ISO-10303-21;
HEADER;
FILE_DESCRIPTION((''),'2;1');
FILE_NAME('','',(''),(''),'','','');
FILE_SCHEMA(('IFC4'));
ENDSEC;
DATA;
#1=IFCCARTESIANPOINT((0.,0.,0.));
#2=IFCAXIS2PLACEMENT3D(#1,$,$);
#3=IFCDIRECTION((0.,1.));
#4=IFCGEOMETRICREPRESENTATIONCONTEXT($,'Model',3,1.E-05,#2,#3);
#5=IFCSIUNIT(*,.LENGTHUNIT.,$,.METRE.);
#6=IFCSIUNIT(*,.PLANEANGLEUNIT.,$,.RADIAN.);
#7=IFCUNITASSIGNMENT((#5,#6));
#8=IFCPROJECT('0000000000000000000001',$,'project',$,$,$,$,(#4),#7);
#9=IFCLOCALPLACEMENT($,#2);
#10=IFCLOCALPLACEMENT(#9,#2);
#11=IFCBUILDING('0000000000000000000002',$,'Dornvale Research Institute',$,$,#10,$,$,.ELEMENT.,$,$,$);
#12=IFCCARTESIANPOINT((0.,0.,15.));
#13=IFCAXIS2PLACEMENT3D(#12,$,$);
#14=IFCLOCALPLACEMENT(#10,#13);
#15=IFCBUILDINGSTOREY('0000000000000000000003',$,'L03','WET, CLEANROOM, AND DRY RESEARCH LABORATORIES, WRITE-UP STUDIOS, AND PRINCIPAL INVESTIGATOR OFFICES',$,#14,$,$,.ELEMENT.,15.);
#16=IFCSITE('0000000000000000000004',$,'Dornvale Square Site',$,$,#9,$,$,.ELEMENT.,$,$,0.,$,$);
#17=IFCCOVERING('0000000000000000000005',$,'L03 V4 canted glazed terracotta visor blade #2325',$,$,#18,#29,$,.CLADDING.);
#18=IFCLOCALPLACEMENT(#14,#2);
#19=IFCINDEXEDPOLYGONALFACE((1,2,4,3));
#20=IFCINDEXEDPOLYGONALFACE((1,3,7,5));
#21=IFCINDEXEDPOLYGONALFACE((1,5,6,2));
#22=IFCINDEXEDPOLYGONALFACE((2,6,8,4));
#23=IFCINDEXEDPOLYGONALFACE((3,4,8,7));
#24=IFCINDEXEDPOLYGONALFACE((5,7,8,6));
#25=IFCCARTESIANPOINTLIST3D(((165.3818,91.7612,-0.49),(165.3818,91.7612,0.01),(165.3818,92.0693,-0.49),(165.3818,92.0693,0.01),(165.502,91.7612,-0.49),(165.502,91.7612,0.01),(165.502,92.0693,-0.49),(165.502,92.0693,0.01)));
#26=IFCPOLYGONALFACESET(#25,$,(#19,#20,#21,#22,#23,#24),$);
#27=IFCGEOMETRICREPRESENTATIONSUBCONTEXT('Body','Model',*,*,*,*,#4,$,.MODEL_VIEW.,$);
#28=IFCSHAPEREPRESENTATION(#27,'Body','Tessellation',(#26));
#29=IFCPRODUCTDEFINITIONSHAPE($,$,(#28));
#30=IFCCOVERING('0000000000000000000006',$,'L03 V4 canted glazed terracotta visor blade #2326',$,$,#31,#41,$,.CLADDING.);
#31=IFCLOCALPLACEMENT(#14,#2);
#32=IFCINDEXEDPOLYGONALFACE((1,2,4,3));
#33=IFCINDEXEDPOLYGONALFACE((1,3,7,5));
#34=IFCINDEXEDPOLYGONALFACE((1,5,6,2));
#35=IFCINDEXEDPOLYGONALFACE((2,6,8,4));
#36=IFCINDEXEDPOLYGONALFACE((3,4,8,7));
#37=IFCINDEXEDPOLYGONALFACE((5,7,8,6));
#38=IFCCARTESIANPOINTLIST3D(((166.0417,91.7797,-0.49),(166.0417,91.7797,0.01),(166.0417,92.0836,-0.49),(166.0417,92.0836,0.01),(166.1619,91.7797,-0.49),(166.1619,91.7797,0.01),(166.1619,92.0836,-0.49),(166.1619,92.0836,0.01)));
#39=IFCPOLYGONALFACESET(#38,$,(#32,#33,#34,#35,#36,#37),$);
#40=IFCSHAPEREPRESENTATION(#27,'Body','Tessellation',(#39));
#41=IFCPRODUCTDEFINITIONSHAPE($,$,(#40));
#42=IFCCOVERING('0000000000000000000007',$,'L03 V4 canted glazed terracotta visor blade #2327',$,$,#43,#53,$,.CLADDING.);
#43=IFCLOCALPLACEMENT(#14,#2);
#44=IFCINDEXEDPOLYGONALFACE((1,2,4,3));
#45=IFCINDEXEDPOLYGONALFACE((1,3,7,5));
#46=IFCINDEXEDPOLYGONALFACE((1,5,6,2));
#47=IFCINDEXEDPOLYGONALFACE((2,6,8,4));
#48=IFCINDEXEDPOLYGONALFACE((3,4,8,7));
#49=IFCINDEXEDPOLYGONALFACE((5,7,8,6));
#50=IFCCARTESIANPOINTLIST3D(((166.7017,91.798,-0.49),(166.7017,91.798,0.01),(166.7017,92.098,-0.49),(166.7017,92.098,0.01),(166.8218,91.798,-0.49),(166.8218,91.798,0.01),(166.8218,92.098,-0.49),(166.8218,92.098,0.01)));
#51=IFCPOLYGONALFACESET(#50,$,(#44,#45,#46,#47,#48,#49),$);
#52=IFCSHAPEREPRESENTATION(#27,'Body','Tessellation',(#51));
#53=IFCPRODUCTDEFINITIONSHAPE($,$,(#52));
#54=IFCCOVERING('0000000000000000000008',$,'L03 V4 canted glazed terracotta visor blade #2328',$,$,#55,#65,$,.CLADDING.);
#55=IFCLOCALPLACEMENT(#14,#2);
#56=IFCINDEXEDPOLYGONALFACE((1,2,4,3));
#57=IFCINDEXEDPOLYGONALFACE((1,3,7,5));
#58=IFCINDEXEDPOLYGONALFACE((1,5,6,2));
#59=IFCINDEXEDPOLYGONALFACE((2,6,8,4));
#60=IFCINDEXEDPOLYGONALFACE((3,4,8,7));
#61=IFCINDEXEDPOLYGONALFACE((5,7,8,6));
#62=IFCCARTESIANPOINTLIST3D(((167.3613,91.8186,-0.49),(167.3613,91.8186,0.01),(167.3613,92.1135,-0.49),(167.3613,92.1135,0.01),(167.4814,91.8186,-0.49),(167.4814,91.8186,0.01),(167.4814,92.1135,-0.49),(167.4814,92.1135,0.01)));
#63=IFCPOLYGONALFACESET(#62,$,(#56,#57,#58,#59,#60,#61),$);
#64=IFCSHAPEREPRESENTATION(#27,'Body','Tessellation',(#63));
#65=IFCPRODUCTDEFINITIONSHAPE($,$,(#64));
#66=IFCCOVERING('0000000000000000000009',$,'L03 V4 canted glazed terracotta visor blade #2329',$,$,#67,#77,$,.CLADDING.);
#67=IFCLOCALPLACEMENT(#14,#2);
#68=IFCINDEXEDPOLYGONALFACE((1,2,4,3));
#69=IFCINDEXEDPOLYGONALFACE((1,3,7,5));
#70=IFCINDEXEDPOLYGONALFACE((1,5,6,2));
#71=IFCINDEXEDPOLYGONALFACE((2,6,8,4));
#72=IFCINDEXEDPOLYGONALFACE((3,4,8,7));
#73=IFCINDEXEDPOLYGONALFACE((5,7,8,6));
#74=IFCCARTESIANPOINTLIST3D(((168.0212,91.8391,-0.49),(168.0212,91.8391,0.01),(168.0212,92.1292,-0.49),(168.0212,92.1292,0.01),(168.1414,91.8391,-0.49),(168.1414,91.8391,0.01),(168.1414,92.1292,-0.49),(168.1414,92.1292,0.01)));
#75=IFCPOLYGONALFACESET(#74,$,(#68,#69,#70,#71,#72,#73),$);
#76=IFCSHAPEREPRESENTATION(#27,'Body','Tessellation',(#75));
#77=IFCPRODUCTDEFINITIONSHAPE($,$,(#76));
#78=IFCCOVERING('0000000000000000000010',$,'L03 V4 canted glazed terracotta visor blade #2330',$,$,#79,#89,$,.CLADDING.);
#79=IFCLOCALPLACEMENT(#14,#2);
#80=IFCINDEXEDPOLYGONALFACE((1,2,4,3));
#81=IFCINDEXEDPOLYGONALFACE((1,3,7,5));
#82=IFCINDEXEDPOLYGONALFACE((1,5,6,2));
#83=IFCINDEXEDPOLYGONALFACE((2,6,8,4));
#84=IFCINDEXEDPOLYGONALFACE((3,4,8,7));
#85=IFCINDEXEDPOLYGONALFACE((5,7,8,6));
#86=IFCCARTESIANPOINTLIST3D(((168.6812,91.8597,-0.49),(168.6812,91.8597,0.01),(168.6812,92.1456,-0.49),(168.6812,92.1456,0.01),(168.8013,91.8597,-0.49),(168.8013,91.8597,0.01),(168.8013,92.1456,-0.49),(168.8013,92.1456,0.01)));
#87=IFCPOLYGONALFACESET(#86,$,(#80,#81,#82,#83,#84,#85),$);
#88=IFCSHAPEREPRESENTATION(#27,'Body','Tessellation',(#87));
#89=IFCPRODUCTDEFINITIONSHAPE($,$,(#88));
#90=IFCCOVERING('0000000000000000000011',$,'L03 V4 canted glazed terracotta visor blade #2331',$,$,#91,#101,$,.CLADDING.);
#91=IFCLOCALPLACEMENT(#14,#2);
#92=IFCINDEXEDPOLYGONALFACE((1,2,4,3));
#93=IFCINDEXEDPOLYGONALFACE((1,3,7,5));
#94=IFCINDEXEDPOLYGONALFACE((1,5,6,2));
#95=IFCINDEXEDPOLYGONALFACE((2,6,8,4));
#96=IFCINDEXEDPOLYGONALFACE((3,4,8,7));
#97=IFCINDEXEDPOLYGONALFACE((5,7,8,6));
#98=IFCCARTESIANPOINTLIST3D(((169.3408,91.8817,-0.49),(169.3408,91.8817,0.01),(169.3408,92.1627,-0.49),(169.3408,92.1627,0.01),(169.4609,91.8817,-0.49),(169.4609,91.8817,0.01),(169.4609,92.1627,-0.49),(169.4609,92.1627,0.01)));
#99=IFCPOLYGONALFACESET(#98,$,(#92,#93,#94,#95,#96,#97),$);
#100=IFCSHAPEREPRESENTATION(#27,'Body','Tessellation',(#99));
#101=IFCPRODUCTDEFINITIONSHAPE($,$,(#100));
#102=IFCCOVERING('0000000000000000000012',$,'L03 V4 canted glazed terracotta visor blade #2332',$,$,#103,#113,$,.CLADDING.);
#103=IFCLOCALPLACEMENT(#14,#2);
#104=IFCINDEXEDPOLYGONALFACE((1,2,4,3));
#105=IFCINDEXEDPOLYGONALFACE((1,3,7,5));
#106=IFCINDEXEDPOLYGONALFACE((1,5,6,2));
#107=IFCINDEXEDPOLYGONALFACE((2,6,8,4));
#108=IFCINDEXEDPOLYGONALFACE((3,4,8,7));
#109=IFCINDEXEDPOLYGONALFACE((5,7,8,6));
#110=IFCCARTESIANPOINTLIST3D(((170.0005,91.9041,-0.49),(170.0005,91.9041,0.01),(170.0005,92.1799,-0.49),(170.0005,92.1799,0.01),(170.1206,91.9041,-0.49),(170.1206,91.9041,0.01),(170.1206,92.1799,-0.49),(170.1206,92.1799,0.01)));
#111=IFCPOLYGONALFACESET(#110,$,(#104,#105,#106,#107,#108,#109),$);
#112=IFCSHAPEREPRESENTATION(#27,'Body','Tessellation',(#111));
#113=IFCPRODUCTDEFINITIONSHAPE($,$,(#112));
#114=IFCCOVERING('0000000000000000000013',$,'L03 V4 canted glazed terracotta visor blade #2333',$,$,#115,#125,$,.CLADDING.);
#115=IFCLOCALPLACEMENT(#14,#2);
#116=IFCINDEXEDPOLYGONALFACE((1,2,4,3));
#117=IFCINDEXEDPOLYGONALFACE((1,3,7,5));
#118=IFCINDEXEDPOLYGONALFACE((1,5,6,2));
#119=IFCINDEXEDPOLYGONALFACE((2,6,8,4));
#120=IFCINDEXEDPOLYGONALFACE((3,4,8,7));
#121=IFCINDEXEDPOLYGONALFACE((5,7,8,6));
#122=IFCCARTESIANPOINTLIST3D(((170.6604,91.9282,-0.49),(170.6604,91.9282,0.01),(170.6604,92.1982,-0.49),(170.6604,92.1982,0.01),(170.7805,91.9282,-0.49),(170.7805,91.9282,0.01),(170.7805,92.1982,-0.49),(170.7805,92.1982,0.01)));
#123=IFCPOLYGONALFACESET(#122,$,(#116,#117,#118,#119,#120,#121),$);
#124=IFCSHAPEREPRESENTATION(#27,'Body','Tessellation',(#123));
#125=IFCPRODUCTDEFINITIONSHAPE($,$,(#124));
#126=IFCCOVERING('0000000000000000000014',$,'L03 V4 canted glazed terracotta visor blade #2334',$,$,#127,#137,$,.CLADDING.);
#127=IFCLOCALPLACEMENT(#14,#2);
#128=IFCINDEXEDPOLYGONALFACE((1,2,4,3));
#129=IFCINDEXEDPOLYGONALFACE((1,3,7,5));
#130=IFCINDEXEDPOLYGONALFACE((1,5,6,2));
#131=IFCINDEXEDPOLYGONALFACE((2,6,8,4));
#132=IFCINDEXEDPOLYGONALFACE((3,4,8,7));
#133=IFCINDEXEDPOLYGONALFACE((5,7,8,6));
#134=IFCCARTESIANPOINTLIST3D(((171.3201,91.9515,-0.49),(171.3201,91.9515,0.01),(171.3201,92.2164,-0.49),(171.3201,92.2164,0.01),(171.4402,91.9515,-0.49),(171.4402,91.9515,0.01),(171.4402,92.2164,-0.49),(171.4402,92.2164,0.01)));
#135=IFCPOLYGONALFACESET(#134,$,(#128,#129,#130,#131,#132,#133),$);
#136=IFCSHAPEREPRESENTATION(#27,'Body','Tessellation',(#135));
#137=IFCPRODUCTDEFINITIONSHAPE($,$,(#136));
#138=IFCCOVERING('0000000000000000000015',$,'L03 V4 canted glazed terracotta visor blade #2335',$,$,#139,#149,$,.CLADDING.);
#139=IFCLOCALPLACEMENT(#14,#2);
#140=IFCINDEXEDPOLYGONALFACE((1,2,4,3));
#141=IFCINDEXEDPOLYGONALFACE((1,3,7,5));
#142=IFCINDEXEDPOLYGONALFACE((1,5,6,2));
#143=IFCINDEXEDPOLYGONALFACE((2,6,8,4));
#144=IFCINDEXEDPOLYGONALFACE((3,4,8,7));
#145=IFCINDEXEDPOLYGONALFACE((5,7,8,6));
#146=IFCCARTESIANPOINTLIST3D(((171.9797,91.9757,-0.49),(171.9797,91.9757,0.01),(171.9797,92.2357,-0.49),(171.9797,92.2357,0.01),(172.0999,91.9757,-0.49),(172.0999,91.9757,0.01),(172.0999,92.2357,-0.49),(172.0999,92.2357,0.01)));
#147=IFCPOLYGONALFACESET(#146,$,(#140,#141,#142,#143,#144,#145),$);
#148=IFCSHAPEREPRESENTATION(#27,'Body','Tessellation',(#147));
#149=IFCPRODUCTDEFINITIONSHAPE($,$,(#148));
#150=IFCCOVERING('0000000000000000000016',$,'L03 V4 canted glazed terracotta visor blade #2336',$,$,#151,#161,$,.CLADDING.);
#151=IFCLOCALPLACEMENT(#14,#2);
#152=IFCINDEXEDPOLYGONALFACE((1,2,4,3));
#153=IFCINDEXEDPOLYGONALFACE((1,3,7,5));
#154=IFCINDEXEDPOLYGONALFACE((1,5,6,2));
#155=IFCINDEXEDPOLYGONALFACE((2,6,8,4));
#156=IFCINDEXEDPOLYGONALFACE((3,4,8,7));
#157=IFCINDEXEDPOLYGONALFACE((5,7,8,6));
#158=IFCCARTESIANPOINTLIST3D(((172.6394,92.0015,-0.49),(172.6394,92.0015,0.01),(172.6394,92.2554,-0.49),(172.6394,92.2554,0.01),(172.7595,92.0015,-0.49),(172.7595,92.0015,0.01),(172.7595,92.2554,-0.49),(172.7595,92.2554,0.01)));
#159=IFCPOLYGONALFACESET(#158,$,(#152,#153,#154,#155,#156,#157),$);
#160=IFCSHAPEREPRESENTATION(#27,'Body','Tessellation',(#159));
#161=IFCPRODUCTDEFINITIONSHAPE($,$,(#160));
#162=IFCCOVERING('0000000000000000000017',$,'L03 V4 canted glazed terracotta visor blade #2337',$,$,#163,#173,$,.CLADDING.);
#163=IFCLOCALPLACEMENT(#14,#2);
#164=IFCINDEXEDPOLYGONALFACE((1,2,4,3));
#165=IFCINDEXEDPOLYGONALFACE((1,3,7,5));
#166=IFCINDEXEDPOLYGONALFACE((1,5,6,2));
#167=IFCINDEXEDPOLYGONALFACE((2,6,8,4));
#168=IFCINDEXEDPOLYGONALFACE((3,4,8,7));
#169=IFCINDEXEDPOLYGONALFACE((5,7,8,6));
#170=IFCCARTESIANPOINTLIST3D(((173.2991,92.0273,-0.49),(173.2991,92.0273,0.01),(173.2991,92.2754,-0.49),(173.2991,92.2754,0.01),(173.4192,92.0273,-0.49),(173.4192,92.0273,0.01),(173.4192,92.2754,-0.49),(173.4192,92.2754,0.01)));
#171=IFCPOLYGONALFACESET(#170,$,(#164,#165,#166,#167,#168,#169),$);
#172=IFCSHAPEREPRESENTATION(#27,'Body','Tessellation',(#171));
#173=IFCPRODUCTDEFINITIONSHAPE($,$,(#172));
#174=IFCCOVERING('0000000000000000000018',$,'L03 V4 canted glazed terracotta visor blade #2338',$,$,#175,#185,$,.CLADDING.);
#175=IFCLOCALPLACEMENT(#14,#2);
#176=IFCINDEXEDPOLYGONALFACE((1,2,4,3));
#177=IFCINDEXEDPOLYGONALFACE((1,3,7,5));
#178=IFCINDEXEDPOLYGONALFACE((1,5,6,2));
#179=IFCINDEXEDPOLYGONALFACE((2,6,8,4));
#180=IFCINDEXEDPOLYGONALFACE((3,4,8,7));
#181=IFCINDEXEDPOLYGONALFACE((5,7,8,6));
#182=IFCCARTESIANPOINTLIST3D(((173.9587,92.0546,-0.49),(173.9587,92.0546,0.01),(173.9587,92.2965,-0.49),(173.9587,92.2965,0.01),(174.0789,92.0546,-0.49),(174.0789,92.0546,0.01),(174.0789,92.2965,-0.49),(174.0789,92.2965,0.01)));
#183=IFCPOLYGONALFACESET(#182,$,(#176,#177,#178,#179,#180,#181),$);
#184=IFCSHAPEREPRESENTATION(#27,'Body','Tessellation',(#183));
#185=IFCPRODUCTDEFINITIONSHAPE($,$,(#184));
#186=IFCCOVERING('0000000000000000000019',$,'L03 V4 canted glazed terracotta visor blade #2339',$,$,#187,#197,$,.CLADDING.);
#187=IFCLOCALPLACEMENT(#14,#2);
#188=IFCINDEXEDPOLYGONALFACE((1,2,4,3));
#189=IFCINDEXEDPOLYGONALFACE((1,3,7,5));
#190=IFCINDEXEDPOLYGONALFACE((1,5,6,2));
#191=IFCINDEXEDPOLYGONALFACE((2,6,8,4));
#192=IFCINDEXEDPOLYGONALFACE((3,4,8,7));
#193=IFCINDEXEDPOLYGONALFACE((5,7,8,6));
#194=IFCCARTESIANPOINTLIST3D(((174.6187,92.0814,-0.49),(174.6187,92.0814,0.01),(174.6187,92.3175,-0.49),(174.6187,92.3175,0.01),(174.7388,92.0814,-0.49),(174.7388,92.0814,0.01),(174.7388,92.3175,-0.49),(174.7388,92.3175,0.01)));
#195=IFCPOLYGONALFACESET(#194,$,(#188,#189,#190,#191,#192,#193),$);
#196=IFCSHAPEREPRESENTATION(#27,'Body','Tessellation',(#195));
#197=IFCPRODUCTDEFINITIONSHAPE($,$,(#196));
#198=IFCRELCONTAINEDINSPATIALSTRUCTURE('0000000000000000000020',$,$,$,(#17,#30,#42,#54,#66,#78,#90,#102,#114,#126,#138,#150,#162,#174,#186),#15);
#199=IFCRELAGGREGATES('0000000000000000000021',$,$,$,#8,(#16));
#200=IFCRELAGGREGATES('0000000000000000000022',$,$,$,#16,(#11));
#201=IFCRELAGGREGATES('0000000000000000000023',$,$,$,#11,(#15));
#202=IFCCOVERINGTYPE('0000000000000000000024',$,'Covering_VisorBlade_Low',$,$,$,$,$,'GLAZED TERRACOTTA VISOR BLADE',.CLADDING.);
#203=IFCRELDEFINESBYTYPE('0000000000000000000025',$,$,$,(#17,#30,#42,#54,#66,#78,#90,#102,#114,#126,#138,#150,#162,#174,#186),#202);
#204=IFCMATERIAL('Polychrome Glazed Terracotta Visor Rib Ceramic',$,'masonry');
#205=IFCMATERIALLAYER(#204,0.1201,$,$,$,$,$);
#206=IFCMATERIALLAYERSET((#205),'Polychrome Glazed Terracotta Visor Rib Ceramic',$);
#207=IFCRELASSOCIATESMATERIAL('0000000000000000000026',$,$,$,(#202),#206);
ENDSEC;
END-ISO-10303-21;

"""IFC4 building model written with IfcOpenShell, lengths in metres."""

from ifc_helpers import new_model, si_unit, direction, frame, origin, origin_2d, place, context, subcontext, project, spatial, rectangle, extrude, material, layer, layer_set, type_object, element, save


model = new_model("IFC4")

# Units and contexts
model_context = context("Model", 3, precision=1e-05, world=origin(), true_north=direction((0.0, 1.0)))
body_context = subcontext(model_context, "Body", "Model", "MODEL_VIEW")
ifc_project = project(units=[si_unit("LENGTHUNIT", "METRE"), si_unit("PLANEANGLEUNIT", "RADIAN")], contexts=[model_context])

# Site, building, storey
site_placement = place(None, origin())
site = spatial("IfcSite", under=ifc_project, at=site_placement, Name="Dornvale Square Site", CompositionType="ELEMENT", RefElevation=0.0)
building_placement = place(site_placement, origin())
building = spatial("IfcBuilding", under=site, at=building_placement, Name="Dornvale Research Institute", CompositionType="ELEMENT")
storey_placement = place(building_placement, frame((0.0, 0.0, 15.0)))
storey = spatial("IfcBuildingStorey", under=building, at=storey_placement, Name="L03", Description="WET, CLEANROOM, AND DRY RESEARCH LABORATORIES, WRITE-UP STUDIOS, AND PRINCIPAL INVESTIGATOR OFFICES", CompositionType="ELEMENT", Elevation=15.0)

# Coverings
ifc_material = material(Name="Polychrome Glazed Terracotta Visor Rib Ceramic", Category="masonry")
ifc_layer = layer(ifc_material, 0.1201)
ifc_layer_set = layer_set([ifc_layer], Name="Polychrome Glazed Terracotta Visor Rib Ceramic")
covering_type = type_object("IfcCoveringType", Name="Covering_VisorBlade_Low", ElementType="GLAZED TERRACOTTA VISOR BLADE", PredefinedType="CLADDING", material=ifc_layer_set)
covering_1_placement = place(storey_placement, frame((165.4419, 91.9153, -0.49), z_axis=(0.0, 0.0, 1.0), x_axis=(0.0, 1.0, 0.0)))
element("IfcCovering", 1, at=covering_1_placement, inside=storey, type_object=covering_type, Name="L03 V4 canted glazed terracotta visor blade #2325", PredefinedType="CLADDING", context=body_context, shape_type="SweptSolid", body=[
    extrude(rectangle(XDim=0.3081, YDim=0.1201, at=origin_2d()), origin(), (0.0, 0.0, 1.0), 0.5),
])
covering_2_placement = place(storey_placement, frame((166.1018, 91.9316, -0.49), z_axis=(0.0, 0.0, 1.0), x_axis=(0.0, 1.0, 0.0)))
element("IfcCovering", 2, at=covering_2_placement, inside=storey, type_object=covering_type, Name="L03 V4 canted glazed terracotta visor blade #2326", PredefinedType="CLADDING", context=body_context, shape_type="SweptSolid", body=[
    extrude(rectangle(XDim=0.304, YDim=0.1201, at=origin_2d()), origin(), (0.0, 0.0, 1.0), 0.5),
])
covering_3_placement = place(storey_placement, frame((166.7617, 91.948, -0.49), z_axis=(0.0, 0.0, 1.0), x_axis=(0.0, 1.0, 0.0)))
element("IfcCovering", 3, at=covering_3_placement, inside=storey, type_object=covering_type, Name="L03 V4 canted glazed terracotta visor blade #2327", PredefinedType="CLADDING", context=body_context, shape_type="SweptSolid", body=[
    extrude(rectangle(XDim=0.3, YDim=0.1201, at=origin_2d()), origin(), (0.0, 0.0, 1.0), 0.5),
])
covering_4_placement = place(storey_placement, frame((167.4214, 91.9661, -0.49), z_axis=(0.0, 0.0, 1.0), x_axis=(0.0, 1.0, 0.0)))
element("IfcCovering", 4, at=covering_4_placement, inside=storey, type_object=covering_type, Name="L03 V4 canted glazed terracotta visor blade #2328", PredefinedType="CLADDING", context=body_context, shape_type="SweptSolid", body=[
    extrude(rectangle(XDim=0.2949, YDim=0.1201, at=origin_2d()), origin(), (0.0, 0.0, 1.0), 0.5),
])
covering_5_placement = place(storey_placement, frame((168.0813, 91.9841, -0.49), z_axis=(0.0, 0.0, 1.0), x_axis=(0.0, 1.0, 0.0)))
element("IfcCovering", 5, at=covering_5_placement, inside=storey, type_object=covering_type, Name="L03 V4 canted glazed terracotta visor blade #2329", PredefinedType="CLADDING", context=body_context, shape_type="SweptSolid", body=[
    extrude(rectangle(XDim=0.29, YDim=0.1201, at=origin_2d()), origin(), (0.0, 0.0, 1.0), 0.5),
])
covering_6_placement = place(storey_placement, frame((168.7412, 92.0027, -0.49), z_axis=(0.0, 0.0, 1.0), x_axis=(0.0, 1.0, 0.0)))
element("IfcCovering", 6, at=covering_6_placement, inside=storey, type_object=covering_type, Name="L03 V4 canted glazed terracotta visor blade #2330", PredefinedType="CLADDING", context=body_context, shape_type="SweptSolid", body=[
    extrude(rectangle(XDim=0.2859, YDim=0.1201, at=origin_2d()), origin(), (0.0, 0.0, 1.0), 0.5),
])
covering_7_placement = place(storey_placement, frame((169.4009, 92.0222, -0.49), z_axis=(0.0, 0.0, 1.0), x_axis=(0.0, 1.0, 0.0)))
element("IfcCovering", 7, at=covering_7_placement, inside=storey, type_object=covering_type, Name="L03 V4 canted glazed terracotta visor blade #2331", PredefinedType="CLADDING", context=body_context, shape_type="SweptSolid", body=[
    extrude(rectangle(XDim=0.281, YDim=0.1201, at=origin_2d()), origin(), (0.0, 0.0, 1.0), 0.5),
])
covering_8_placement = place(storey_placement, frame((170.0605, 92.042, -0.49), z_axis=(0.0, 0.0, 1.0), x_axis=(0.0, 1.0, 0.0)))
element("IfcCovering", 8, at=covering_8_placement, inside=storey, type_object=covering_type, Name="L03 V4 canted glazed terracotta visor blade #2332", PredefinedType="CLADDING", context=body_context, shape_type="SweptSolid", body=[
    extrude(rectangle(XDim=0.2759, YDim=0.1201, at=origin_2d()), origin(), (0.0, 0.0, 1.0), 0.5),
])
covering_9_placement = place(storey_placement, frame((170.7205, 92.0632, -0.49), z_axis=(0.0, 0.0, 1.0), x_axis=(0.0, 1.0, 0.0)))
element("IfcCovering", 9, at=covering_9_placement, inside=storey, type_object=covering_type, Name="L03 V4 canted glazed terracotta visor blade #2333", PredefinedType="CLADDING", context=body_context, shape_type="SweptSolid", body=[
    extrude(rectangle(XDim=0.27, YDim=0.1201, at=origin_2d()), origin(), (0.0, 0.0, 1.0), 0.5),
])
covering_10_placement = place(storey_placement, frame((171.3801, 92.084, -0.49), z_axis=(0.0, 0.0, 1.0), x_axis=(0.0, 1.0, 0.0)))
element("IfcCovering", 10, at=covering_10_placement, inside=storey, type_object=covering_type, Name="L03 V4 canted glazed terracotta visor blade #2334", PredefinedType="CLADDING", context=body_context, shape_type="SweptSolid", body=[
    extrude(rectangle(XDim=0.2649, YDim=0.1201, at=origin_2d()), origin(), (0.0, 0.0, 1.0), 0.5),
])
covering_11_placement = place(storey_placement, frame((172.0398, 92.1057, -0.49), z_axis=(0.0, 0.0, 1.0), x_axis=(0.0, 1.0, 0.0)))
element("IfcCovering", 11, at=covering_11_placement, inside=storey, type_object=covering_type, Name="L03 V4 canted glazed terracotta visor blade #2335", PredefinedType="CLADDING", context=body_context, shape_type="SweptSolid", body=[
    extrude(rectangle(XDim=0.26, YDim=0.1201, at=origin_2d()), origin(), (0.0, 0.0, 1.0), 0.5),
])
covering_12_placement = place(storey_placement, frame((172.6995, 92.1284, -0.49), z_axis=(0.0, 0.0, 1.0), x_axis=(0.0, 1.0, 0.0)))
element("IfcCovering", 12, at=covering_12_placement, inside=storey, type_object=covering_type, Name="L03 V4 canted glazed terracotta visor blade #2336", PredefinedType="CLADDING", context=body_context, shape_type="SweptSolid", body=[
    extrude(rectangle(XDim=0.2539, YDim=0.1201, at=origin_2d()), origin(), (0.0, 0.0, 1.0), 0.5),
])
covering_13_placement = place(storey_placement, frame((173.3591, 92.1514, -0.49), z_axis=(0.0, 0.0, 1.0), x_axis=(0.0, 1.0, 0.0)))
element("IfcCovering", 13, at=covering_13_placement, inside=storey, type_object=covering_type, Name="L03 V4 canted glazed terracotta visor blade #2337", PredefinedType="CLADDING", context=body_context, shape_type="SweptSolid", body=[
    extrude(rectangle(XDim=0.248, YDim=0.1201, at=origin_2d()), origin(), (0.0, 0.0, 1.0), 0.5),
])
covering_14_placement = place(storey_placement, frame((174.0188, 92.1755, -0.49), z_axis=(0.0, 0.0, 1.0), x_axis=(0.0, 1.0, 0.0)))
element("IfcCovering", 14, at=covering_14_placement, inside=storey, type_object=covering_type, Name="L03 V4 canted glazed terracotta visor blade #2338", PredefinedType="CLADDING", context=body_context, shape_type="SweptSolid", body=[
    extrude(rectangle(XDim=0.2419, YDim=0.1201, at=origin_2d()), origin(), (0.0, 0.0, 1.0), 0.5),
])
covering_15_placement = place(storey_placement, frame((174.6787, 92.1995, -0.49), z_axis=(0.0, 0.0, 1.0), x_axis=(0.0, 1.0, 0.0)))
element("IfcCovering", 15, at=covering_15_placement, inside=storey, type_object=covering_type, Name="L03 V4 canted glazed terracotta visor blade #2339", PredefinedType="CLADDING", context=body_context, shape_type="SweptSolid", body=[
    extrude(rectangle(XDim=0.2361, YDim=0.1201, at=origin_2d()), origin(), (0.0, 0.0, 1.0), 0.5),
])

save(model, "model.ifc")
